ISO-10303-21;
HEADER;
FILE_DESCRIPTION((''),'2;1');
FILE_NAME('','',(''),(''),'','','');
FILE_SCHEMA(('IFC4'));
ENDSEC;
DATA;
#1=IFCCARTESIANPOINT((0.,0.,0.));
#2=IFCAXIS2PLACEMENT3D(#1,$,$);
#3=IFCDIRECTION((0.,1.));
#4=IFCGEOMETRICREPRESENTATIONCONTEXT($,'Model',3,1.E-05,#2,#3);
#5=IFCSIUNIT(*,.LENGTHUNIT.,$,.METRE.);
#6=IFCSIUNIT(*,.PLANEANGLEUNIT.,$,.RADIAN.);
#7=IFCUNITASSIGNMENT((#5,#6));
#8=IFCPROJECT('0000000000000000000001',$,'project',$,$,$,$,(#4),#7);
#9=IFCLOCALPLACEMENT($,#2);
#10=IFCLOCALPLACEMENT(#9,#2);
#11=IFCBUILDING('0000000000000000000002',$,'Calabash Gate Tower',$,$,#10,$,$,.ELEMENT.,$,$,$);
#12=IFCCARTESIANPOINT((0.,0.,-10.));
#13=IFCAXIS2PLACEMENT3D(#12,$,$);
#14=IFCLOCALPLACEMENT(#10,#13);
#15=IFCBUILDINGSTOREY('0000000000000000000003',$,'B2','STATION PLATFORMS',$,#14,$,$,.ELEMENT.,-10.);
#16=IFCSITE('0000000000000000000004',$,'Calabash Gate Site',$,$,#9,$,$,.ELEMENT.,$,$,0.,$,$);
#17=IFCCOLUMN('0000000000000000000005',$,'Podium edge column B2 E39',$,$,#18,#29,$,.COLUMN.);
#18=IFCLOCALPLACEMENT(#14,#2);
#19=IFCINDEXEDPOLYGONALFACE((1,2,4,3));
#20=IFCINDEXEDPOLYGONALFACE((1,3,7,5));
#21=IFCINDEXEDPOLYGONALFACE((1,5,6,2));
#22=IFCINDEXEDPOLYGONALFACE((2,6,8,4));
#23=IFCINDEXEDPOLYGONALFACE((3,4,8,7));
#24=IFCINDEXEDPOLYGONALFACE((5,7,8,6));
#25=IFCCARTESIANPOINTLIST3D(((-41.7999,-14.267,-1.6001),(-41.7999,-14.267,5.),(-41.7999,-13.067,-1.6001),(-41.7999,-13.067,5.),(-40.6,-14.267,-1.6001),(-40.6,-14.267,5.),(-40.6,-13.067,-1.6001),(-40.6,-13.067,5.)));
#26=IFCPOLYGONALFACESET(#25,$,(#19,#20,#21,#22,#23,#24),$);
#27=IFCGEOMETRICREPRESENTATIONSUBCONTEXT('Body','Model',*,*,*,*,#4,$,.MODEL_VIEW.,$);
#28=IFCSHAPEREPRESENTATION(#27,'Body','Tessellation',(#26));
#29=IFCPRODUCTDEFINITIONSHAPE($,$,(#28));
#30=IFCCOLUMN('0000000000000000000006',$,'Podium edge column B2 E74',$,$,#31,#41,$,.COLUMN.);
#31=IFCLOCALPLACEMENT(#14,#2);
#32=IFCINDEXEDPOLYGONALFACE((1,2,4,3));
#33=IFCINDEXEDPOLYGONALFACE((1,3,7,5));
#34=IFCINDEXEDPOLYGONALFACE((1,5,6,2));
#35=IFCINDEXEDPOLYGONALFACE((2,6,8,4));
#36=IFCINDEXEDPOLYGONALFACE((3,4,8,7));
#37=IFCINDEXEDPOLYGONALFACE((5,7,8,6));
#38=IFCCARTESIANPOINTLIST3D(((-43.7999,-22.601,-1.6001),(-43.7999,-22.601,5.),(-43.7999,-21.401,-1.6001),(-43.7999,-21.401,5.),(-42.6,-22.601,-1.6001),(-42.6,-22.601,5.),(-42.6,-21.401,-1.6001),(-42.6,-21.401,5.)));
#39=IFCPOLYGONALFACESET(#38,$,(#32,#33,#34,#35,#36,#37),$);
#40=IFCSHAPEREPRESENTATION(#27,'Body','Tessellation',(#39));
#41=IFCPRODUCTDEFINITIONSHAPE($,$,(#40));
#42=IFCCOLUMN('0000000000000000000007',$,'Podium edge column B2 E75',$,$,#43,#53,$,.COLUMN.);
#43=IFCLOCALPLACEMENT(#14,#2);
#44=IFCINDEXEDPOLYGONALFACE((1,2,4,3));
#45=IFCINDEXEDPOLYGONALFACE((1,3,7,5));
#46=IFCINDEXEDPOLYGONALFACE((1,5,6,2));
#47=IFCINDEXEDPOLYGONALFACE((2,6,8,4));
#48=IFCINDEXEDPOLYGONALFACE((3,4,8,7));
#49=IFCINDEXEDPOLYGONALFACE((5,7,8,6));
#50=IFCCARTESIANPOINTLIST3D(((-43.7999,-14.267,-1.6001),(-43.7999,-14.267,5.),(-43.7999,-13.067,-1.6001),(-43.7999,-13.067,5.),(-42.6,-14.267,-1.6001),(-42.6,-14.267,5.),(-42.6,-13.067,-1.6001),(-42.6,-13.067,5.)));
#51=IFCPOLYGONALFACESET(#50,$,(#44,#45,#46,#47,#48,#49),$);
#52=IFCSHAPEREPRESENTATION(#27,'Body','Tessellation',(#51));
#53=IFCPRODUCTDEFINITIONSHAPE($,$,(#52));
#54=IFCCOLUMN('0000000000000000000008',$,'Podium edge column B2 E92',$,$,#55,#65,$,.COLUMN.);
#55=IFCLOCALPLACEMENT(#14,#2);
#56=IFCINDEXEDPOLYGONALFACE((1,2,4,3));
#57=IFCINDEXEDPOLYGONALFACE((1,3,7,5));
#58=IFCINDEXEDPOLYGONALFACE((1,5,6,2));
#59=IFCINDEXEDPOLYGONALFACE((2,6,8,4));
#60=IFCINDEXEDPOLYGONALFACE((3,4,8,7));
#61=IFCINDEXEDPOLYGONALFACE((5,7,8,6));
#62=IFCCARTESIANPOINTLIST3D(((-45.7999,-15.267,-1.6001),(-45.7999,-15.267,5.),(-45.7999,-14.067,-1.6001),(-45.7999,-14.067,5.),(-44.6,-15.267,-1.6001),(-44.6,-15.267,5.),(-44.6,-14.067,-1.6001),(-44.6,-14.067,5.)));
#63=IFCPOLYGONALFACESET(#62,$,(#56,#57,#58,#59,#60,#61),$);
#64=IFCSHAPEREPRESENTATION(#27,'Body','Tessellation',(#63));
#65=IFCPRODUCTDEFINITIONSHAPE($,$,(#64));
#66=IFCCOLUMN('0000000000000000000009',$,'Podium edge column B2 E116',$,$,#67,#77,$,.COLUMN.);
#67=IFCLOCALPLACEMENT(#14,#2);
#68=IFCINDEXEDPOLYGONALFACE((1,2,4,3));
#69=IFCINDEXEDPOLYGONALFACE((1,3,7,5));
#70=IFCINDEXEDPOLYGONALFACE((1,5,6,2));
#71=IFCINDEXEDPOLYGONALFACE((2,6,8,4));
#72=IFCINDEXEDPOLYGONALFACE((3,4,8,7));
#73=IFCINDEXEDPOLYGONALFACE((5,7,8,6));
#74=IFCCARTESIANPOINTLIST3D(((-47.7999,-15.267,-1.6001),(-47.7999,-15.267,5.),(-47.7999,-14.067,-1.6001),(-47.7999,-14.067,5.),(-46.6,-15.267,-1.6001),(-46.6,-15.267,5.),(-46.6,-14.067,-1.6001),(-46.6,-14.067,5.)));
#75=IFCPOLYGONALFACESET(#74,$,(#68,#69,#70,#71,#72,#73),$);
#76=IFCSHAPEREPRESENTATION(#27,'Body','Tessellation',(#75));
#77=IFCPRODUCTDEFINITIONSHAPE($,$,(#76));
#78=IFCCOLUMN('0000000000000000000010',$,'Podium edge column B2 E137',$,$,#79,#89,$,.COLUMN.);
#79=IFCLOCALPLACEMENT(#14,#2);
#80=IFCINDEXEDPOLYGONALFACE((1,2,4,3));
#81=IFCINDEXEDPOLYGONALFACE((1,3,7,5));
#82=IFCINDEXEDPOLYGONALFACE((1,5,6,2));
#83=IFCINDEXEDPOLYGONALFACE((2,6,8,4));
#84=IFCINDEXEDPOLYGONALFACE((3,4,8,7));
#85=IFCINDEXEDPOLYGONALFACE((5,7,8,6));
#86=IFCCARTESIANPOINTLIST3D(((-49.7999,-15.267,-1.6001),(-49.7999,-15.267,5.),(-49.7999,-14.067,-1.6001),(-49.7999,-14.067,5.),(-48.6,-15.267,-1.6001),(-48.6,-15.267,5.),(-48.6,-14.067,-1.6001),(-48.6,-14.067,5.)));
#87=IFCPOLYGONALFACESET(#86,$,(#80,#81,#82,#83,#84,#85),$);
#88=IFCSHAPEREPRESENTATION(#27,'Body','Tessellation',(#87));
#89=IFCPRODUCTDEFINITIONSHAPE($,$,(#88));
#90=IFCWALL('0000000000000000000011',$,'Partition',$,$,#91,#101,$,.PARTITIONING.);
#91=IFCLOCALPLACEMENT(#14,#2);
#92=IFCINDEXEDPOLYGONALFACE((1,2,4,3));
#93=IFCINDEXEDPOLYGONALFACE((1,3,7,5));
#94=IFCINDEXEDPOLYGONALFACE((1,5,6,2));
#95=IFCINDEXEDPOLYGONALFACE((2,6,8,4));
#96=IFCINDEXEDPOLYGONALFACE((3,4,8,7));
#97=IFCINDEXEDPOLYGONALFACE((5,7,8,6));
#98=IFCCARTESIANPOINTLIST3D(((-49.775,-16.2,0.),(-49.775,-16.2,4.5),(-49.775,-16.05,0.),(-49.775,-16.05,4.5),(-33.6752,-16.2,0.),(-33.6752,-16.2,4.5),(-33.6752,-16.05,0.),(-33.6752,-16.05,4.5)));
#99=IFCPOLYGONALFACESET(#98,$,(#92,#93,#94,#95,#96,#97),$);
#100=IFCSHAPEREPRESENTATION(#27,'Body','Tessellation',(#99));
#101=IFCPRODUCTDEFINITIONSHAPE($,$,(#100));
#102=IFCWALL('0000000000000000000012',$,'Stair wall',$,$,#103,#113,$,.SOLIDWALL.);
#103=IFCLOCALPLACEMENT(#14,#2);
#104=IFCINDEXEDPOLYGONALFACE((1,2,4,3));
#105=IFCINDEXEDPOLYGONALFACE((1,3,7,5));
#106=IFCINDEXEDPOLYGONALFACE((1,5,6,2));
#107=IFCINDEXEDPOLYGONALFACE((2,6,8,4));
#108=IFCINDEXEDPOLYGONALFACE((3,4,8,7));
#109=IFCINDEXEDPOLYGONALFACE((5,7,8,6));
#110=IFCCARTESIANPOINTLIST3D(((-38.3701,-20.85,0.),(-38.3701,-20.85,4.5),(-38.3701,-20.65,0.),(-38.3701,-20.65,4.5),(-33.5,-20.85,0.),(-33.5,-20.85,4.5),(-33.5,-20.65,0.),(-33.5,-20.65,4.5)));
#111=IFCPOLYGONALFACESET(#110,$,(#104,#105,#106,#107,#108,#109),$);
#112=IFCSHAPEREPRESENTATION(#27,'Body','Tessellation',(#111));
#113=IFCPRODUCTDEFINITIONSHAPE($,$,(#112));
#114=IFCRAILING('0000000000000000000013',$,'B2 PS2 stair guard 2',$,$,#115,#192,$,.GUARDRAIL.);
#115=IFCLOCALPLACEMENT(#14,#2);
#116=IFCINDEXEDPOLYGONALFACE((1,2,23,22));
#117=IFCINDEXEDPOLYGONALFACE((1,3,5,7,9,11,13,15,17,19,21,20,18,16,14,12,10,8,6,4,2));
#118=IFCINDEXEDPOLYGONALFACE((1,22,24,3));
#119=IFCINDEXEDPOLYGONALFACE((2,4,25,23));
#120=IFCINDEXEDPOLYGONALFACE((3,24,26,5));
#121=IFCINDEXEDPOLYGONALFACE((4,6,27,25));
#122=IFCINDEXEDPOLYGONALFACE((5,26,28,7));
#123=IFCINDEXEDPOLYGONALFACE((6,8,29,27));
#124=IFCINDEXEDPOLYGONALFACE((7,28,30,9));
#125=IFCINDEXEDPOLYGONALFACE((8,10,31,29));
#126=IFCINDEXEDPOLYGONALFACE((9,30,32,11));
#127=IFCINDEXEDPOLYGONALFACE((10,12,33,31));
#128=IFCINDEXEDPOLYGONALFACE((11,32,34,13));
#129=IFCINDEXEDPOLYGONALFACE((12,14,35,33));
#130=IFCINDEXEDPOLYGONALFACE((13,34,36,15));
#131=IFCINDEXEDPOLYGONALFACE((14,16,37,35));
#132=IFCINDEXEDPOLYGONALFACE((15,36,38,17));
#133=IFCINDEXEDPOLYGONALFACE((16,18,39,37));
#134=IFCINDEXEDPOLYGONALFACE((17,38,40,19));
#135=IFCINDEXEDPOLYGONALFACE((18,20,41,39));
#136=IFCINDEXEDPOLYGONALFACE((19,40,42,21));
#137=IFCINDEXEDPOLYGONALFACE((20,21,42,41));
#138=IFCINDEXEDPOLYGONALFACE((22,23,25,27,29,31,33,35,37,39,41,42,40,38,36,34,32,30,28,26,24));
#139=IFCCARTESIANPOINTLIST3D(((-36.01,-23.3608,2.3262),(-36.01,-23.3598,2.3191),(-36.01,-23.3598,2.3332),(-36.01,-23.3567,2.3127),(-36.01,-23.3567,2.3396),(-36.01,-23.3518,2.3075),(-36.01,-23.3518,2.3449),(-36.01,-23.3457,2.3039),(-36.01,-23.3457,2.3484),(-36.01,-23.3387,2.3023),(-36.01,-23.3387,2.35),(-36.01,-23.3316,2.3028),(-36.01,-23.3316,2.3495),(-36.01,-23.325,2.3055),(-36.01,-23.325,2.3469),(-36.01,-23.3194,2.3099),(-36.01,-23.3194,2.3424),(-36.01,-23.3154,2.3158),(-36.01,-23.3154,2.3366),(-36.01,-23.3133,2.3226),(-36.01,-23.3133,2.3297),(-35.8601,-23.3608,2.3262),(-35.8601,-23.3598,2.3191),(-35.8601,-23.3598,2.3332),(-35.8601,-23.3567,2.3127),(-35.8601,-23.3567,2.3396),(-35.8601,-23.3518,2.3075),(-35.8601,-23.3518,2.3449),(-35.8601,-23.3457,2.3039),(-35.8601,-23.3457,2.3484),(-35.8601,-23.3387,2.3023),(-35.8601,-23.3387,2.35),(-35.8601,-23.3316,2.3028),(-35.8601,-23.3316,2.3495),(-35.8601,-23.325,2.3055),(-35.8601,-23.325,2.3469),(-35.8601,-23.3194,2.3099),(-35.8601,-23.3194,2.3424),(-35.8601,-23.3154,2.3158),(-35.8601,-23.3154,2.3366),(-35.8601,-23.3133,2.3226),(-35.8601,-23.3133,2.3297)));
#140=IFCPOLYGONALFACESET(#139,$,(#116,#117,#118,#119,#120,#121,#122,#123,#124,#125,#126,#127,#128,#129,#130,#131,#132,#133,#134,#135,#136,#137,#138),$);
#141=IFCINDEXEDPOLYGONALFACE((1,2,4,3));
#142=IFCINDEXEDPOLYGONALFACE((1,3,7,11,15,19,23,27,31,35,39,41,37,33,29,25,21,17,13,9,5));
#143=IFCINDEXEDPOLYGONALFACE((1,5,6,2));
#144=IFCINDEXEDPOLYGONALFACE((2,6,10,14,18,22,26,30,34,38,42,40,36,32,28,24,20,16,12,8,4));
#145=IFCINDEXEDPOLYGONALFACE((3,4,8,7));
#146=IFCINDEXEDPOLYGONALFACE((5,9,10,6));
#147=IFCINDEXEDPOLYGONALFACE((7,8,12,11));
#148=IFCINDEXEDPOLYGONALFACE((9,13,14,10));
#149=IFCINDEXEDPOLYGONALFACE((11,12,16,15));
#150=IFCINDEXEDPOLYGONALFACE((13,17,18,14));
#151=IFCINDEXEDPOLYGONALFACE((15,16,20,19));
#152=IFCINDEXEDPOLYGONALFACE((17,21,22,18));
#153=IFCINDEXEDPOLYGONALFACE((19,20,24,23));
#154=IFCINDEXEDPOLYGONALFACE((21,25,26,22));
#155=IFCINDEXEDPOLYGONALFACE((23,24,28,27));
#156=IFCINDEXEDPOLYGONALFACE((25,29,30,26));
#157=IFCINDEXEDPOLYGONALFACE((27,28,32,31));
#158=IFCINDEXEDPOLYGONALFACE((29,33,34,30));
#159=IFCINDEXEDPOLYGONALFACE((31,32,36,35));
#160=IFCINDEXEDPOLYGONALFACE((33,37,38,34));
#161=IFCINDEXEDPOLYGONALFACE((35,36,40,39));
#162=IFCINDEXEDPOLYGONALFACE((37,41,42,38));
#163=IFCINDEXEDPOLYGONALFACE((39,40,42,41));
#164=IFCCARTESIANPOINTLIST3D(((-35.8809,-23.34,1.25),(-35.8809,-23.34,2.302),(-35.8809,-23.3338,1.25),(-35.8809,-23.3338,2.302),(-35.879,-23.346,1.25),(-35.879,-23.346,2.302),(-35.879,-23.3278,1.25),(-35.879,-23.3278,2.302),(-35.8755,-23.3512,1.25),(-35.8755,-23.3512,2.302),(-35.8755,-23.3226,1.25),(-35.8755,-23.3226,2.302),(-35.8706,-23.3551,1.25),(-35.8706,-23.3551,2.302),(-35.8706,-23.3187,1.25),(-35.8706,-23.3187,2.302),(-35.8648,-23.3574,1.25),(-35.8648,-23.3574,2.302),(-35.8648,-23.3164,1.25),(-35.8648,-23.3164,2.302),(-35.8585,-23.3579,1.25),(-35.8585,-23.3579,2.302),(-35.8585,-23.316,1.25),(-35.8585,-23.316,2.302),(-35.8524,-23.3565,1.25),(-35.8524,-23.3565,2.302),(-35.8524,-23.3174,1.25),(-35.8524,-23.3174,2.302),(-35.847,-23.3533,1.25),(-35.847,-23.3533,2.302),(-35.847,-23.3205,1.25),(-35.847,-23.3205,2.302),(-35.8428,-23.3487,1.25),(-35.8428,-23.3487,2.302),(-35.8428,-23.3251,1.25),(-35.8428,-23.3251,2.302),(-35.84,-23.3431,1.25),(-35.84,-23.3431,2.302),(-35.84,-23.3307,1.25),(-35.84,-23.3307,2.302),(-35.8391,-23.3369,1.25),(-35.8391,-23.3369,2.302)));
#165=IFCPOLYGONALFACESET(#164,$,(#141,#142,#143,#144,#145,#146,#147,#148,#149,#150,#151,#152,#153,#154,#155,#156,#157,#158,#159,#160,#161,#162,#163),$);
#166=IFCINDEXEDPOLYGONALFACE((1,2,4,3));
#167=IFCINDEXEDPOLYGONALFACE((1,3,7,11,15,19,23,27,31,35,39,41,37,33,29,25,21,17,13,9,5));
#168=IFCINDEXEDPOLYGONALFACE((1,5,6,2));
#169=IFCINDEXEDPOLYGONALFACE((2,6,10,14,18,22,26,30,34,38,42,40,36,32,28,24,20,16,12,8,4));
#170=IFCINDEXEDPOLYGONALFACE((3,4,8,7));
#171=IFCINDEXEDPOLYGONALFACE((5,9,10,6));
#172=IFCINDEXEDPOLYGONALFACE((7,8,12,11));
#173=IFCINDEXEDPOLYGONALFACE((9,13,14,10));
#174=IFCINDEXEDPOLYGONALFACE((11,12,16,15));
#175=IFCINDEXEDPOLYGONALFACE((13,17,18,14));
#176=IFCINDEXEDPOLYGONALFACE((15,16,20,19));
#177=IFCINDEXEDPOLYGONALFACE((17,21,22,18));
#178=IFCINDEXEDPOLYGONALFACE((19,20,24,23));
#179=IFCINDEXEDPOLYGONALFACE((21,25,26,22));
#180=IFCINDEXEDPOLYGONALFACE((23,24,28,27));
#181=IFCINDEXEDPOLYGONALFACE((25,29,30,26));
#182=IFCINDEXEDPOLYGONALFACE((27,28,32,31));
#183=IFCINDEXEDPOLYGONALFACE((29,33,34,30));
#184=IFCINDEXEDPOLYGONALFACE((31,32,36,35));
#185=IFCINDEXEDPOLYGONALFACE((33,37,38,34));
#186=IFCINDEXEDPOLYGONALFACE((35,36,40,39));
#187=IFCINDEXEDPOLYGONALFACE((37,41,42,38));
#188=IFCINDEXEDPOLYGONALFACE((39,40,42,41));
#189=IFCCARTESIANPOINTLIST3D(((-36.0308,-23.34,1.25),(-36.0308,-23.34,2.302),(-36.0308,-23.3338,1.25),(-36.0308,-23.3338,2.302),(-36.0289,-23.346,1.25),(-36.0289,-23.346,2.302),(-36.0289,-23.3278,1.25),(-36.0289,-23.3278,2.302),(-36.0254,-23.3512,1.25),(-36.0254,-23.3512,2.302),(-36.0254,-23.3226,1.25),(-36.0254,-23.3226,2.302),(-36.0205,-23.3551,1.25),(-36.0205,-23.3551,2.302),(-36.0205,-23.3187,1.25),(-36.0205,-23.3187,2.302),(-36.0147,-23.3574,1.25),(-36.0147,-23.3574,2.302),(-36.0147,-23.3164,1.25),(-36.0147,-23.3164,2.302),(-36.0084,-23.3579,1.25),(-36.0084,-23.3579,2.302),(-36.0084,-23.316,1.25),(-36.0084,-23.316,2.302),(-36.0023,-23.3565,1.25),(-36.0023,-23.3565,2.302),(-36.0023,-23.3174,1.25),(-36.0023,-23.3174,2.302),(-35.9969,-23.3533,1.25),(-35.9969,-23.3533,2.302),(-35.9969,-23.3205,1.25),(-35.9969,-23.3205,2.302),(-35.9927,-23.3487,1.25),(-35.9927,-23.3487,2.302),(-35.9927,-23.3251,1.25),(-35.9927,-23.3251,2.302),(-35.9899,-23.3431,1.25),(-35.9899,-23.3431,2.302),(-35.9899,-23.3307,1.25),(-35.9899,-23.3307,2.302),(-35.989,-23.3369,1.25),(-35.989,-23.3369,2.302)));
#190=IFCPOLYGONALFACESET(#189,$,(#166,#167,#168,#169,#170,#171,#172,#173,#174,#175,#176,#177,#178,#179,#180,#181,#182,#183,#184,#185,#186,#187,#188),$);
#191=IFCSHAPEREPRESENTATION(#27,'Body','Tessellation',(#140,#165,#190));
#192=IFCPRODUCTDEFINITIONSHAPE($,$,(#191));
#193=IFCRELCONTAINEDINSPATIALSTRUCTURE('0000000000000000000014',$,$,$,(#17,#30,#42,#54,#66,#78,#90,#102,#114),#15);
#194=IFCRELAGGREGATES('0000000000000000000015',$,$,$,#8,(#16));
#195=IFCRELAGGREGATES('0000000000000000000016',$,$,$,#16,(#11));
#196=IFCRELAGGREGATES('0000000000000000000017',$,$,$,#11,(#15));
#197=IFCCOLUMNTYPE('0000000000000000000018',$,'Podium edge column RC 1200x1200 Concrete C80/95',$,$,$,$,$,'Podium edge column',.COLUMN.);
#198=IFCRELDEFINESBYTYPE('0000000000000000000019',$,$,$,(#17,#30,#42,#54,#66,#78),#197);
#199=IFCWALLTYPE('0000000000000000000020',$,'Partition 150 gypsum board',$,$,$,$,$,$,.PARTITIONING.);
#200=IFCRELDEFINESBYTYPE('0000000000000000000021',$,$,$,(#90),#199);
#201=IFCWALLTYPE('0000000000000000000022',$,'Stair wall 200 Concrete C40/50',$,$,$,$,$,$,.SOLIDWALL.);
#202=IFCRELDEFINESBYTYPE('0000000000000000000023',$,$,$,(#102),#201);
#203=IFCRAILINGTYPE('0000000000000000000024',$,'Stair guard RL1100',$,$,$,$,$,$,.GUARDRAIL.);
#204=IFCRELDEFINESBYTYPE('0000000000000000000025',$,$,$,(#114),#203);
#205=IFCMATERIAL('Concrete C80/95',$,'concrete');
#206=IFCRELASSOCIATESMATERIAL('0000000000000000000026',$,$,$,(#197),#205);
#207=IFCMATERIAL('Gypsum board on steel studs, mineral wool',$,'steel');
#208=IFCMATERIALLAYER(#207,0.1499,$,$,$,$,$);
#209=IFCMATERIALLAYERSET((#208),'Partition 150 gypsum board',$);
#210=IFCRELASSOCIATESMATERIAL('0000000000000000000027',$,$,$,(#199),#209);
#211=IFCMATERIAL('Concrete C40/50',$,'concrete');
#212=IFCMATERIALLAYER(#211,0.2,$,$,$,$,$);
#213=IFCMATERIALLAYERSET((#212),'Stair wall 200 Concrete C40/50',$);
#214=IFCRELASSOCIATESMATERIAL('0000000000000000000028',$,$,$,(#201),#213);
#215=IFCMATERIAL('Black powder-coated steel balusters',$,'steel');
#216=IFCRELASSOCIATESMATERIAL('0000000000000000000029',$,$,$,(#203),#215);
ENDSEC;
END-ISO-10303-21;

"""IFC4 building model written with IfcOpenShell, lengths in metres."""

from ifc_helpers import new_model, si_unit, direction, frame, frame_2d, origin, origin_2d, place, context, subcontext, project, spatial, rectangle, circle, extrude, material, layer, layer_set, material_profile, profile_set, type_object, element, save


model = new_model("IFC4")

# Units and contexts
model_context = context("Model", 3, precision=1e-05, world=origin(), true_north=direction((0.0, 1.0)))
body_context = subcontext(model_context, "Body", "Model", "MODEL_VIEW")
ifc_project = project(units=[si_unit("LENGTHUNIT", "METRE"), si_unit("PLANEANGLEUNIT", "RADIAN")], contexts=[model_context])

# Site, building, storey
site_placement = place(None, origin())
site = spatial("IfcSite", under=ifc_project, at=site_placement, Name="Calabash Gate Site", CompositionType="ELEMENT", RefElevation=0.0)
building_placement = place(site_placement, origin())
building = spatial("IfcBuilding", under=site, at=building_placement, Name="Calabash Gate Tower", CompositionType="ELEMENT")
storey_placement = place(building_placement, frame((0.0, 0.0, -10.0)))
storey = spatial("IfcBuildingStorey", under=building, at=storey_placement, Name="B2", Description="STATION PLATFORMS", CompositionType="ELEMENT", Elevation=-10.0)

# Columns
ifc_material_1 = material(Name="Concrete C80/95", Category="concrete")
ifc_material_profile_1 = material_profile(ifc_material_1, rectangle(XDim=1.2, YDim=1.2, at=origin_2d()))
ifc_profile_set_1 = profile_set([ifc_material_profile_1], Name="Concrete C80/95")
column_type = type_object("IfcColumnType", Name="Podium edge column RC 1200x1200 Concrete C80/95", ElementType="Podium edge column", PredefinedType="COLUMN", material=ifc_profile_set_1)
for number, where, z_axis, x_axis, name in (
    (1, (-41.2, -13.667, -1.6001), (0.0, 0.0, 1.0), (1.0, 0.0, 0.0), "Podium edge column B2 E39"),
    (2, (-43.2, -22.001, -1.6001), (0.0, 0.0, 1.0), (1.0, 0.0, 0.0), "Podium edge column B2 E74"),
    (3, (-43.2, -13.667, -1.6001), (0.0, 0.0, 1.0), (1.0, 0.0, 0.0), "Podium edge column B2 E75"),
    (4, (-45.2, -14.667, -1.6001), (0.0, 0.0, 1.0), (1.0, 0.0, 0.0), "Podium edge column B2 E92"),
    (5, (-47.2, -14.667, -1.6001), (0.0, 0.0, 1.0), (1.0, 0.0, 0.0), "Podium edge column B2 E116"),
    (6, (-49.2, -14.667, -1.6001), (0.0, 0.0, 1.0), (1.0, 0.0, 0.0), "Podium edge column B2 E137"),
):
    element("IfcColumn", number, at=place(storey_placement, frame(where, z_axis=z_axis, x_axis=x_axis)), inside=storey, type_object=column_type, Name=name, PredefinedType="COLUMN", context=body_context, shape_type="SweptSolid", body=[
        extrude(rectangle(XDim=1.2, YDim=1.2, at=origin_2d()), origin(), (0.0, 0.0, 1.0), 6.6001),
    ])

# Walls
ifc_material_2 = material(Name="Gypsum board on steel studs, mineral wool", Category="steel")
ifc_layer_1 = layer(ifc_material_2, 0.1499)
ifc_layer_set_1 = layer_set([ifc_layer_1], Name="Partition 150 gypsum board")
wall_type_1 = type_object("IfcWallType", Name="Partition 150 gypsum board", PredefinedType="PARTITIONING", material=ifc_layer_set_1)
wall_1_placement = place(storey_placement, frame((-49.7749, -16.125, 0.0), z_axis=(0.0, 0.0, 1.0), x_axis=(1.0, 0.0, 0.0)))
element("IfcWall", 7, at=wall_1_placement, inside=storey, type_object=wall_type_1, Name="Partition", PredefinedType="PARTITIONING", context=body_context, shape_type="SweptSolid", body=[
    extrude(rectangle(XDim=16.0999, YDim=0.1499, at=frame_2d((8.0498, 0.0))), origin(), (0.0, 0.0, 1.0), 4.5),
])
ifc_material_3 = material(Name="Concrete C40/50", Category="concrete")
ifc_layer_2 = layer(ifc_material_3, 0.2)
ifc_layer_set_2 = layer_set([ifc_layer_2], Name="Stair wall 200 Concrete C40/50")
wall_type_2 = type_object("IfcWallType", Name="Stair wall 200 Concrete C40/50", PredefinedType="SOLIDWALL", material=ifc_layer_set_2)
wall_2_placement = place(storey_placement, frame((-38.3701, -20.75, 0.0), z_axis=(0.0, 0.0, 1.0), x_axis=(1.0, 0.0, 0.0)))
element("IfcWall", 8, at=wall_2_placement, inside=storey, type_object=wall_type_2, Name="Stair wall", PredefinedType="SOLIDWALL", context=body_context, shape_type="SweptSolid", body=[
    extrude(rectangle(XDim=4.8701, YDim=0.2, at=frame_2d((2.4351, 0.0))), origin(), (0.0, 0.0, 1.0), 4.5),
])

# Railing
ifc_material_4 = material(Name="Black powder-coated steel balusters", Category="steel")
railing_type_1 = type_object("IfcRailingType", Name="Stair guard RL1100", PredefinedType="GUARDRAIL", material=ifc_material_4)
railing_1_placement = place(storey_placement, frame((-35.8601, -23.3369, 1.25)))
element("IfcRailing", 9, at=railing_1_placement, inside=storey, type_object=railing_type_1, Name="B2 PS2 stair guard 2", PredefinedType="GUARDRAIL", context=body_context, shape_type="SweptSolid", body=[
    extrude(circle(Radius=0.0239, at=origin_2d()), frame((0.0, 0.0, 1.0762), z_axis=(-1.0, 0.0, 0.0), x_axis=(0.0, -1.0, 0.0)), (0.0, 0.0, 1.0), 0.1499),
    extrude(circle(Radius=0.021, at=origin_2d()), origin(), (0.0, 0.0, 1.0), 1.052),
    extrude(circle(Radius=0.021, at=origin_2d()), frame((-0.1499, 0.0, 0.0)), (0.0, 0.0, 1.0), 1.052),
])

save(model, "model.ifc")
